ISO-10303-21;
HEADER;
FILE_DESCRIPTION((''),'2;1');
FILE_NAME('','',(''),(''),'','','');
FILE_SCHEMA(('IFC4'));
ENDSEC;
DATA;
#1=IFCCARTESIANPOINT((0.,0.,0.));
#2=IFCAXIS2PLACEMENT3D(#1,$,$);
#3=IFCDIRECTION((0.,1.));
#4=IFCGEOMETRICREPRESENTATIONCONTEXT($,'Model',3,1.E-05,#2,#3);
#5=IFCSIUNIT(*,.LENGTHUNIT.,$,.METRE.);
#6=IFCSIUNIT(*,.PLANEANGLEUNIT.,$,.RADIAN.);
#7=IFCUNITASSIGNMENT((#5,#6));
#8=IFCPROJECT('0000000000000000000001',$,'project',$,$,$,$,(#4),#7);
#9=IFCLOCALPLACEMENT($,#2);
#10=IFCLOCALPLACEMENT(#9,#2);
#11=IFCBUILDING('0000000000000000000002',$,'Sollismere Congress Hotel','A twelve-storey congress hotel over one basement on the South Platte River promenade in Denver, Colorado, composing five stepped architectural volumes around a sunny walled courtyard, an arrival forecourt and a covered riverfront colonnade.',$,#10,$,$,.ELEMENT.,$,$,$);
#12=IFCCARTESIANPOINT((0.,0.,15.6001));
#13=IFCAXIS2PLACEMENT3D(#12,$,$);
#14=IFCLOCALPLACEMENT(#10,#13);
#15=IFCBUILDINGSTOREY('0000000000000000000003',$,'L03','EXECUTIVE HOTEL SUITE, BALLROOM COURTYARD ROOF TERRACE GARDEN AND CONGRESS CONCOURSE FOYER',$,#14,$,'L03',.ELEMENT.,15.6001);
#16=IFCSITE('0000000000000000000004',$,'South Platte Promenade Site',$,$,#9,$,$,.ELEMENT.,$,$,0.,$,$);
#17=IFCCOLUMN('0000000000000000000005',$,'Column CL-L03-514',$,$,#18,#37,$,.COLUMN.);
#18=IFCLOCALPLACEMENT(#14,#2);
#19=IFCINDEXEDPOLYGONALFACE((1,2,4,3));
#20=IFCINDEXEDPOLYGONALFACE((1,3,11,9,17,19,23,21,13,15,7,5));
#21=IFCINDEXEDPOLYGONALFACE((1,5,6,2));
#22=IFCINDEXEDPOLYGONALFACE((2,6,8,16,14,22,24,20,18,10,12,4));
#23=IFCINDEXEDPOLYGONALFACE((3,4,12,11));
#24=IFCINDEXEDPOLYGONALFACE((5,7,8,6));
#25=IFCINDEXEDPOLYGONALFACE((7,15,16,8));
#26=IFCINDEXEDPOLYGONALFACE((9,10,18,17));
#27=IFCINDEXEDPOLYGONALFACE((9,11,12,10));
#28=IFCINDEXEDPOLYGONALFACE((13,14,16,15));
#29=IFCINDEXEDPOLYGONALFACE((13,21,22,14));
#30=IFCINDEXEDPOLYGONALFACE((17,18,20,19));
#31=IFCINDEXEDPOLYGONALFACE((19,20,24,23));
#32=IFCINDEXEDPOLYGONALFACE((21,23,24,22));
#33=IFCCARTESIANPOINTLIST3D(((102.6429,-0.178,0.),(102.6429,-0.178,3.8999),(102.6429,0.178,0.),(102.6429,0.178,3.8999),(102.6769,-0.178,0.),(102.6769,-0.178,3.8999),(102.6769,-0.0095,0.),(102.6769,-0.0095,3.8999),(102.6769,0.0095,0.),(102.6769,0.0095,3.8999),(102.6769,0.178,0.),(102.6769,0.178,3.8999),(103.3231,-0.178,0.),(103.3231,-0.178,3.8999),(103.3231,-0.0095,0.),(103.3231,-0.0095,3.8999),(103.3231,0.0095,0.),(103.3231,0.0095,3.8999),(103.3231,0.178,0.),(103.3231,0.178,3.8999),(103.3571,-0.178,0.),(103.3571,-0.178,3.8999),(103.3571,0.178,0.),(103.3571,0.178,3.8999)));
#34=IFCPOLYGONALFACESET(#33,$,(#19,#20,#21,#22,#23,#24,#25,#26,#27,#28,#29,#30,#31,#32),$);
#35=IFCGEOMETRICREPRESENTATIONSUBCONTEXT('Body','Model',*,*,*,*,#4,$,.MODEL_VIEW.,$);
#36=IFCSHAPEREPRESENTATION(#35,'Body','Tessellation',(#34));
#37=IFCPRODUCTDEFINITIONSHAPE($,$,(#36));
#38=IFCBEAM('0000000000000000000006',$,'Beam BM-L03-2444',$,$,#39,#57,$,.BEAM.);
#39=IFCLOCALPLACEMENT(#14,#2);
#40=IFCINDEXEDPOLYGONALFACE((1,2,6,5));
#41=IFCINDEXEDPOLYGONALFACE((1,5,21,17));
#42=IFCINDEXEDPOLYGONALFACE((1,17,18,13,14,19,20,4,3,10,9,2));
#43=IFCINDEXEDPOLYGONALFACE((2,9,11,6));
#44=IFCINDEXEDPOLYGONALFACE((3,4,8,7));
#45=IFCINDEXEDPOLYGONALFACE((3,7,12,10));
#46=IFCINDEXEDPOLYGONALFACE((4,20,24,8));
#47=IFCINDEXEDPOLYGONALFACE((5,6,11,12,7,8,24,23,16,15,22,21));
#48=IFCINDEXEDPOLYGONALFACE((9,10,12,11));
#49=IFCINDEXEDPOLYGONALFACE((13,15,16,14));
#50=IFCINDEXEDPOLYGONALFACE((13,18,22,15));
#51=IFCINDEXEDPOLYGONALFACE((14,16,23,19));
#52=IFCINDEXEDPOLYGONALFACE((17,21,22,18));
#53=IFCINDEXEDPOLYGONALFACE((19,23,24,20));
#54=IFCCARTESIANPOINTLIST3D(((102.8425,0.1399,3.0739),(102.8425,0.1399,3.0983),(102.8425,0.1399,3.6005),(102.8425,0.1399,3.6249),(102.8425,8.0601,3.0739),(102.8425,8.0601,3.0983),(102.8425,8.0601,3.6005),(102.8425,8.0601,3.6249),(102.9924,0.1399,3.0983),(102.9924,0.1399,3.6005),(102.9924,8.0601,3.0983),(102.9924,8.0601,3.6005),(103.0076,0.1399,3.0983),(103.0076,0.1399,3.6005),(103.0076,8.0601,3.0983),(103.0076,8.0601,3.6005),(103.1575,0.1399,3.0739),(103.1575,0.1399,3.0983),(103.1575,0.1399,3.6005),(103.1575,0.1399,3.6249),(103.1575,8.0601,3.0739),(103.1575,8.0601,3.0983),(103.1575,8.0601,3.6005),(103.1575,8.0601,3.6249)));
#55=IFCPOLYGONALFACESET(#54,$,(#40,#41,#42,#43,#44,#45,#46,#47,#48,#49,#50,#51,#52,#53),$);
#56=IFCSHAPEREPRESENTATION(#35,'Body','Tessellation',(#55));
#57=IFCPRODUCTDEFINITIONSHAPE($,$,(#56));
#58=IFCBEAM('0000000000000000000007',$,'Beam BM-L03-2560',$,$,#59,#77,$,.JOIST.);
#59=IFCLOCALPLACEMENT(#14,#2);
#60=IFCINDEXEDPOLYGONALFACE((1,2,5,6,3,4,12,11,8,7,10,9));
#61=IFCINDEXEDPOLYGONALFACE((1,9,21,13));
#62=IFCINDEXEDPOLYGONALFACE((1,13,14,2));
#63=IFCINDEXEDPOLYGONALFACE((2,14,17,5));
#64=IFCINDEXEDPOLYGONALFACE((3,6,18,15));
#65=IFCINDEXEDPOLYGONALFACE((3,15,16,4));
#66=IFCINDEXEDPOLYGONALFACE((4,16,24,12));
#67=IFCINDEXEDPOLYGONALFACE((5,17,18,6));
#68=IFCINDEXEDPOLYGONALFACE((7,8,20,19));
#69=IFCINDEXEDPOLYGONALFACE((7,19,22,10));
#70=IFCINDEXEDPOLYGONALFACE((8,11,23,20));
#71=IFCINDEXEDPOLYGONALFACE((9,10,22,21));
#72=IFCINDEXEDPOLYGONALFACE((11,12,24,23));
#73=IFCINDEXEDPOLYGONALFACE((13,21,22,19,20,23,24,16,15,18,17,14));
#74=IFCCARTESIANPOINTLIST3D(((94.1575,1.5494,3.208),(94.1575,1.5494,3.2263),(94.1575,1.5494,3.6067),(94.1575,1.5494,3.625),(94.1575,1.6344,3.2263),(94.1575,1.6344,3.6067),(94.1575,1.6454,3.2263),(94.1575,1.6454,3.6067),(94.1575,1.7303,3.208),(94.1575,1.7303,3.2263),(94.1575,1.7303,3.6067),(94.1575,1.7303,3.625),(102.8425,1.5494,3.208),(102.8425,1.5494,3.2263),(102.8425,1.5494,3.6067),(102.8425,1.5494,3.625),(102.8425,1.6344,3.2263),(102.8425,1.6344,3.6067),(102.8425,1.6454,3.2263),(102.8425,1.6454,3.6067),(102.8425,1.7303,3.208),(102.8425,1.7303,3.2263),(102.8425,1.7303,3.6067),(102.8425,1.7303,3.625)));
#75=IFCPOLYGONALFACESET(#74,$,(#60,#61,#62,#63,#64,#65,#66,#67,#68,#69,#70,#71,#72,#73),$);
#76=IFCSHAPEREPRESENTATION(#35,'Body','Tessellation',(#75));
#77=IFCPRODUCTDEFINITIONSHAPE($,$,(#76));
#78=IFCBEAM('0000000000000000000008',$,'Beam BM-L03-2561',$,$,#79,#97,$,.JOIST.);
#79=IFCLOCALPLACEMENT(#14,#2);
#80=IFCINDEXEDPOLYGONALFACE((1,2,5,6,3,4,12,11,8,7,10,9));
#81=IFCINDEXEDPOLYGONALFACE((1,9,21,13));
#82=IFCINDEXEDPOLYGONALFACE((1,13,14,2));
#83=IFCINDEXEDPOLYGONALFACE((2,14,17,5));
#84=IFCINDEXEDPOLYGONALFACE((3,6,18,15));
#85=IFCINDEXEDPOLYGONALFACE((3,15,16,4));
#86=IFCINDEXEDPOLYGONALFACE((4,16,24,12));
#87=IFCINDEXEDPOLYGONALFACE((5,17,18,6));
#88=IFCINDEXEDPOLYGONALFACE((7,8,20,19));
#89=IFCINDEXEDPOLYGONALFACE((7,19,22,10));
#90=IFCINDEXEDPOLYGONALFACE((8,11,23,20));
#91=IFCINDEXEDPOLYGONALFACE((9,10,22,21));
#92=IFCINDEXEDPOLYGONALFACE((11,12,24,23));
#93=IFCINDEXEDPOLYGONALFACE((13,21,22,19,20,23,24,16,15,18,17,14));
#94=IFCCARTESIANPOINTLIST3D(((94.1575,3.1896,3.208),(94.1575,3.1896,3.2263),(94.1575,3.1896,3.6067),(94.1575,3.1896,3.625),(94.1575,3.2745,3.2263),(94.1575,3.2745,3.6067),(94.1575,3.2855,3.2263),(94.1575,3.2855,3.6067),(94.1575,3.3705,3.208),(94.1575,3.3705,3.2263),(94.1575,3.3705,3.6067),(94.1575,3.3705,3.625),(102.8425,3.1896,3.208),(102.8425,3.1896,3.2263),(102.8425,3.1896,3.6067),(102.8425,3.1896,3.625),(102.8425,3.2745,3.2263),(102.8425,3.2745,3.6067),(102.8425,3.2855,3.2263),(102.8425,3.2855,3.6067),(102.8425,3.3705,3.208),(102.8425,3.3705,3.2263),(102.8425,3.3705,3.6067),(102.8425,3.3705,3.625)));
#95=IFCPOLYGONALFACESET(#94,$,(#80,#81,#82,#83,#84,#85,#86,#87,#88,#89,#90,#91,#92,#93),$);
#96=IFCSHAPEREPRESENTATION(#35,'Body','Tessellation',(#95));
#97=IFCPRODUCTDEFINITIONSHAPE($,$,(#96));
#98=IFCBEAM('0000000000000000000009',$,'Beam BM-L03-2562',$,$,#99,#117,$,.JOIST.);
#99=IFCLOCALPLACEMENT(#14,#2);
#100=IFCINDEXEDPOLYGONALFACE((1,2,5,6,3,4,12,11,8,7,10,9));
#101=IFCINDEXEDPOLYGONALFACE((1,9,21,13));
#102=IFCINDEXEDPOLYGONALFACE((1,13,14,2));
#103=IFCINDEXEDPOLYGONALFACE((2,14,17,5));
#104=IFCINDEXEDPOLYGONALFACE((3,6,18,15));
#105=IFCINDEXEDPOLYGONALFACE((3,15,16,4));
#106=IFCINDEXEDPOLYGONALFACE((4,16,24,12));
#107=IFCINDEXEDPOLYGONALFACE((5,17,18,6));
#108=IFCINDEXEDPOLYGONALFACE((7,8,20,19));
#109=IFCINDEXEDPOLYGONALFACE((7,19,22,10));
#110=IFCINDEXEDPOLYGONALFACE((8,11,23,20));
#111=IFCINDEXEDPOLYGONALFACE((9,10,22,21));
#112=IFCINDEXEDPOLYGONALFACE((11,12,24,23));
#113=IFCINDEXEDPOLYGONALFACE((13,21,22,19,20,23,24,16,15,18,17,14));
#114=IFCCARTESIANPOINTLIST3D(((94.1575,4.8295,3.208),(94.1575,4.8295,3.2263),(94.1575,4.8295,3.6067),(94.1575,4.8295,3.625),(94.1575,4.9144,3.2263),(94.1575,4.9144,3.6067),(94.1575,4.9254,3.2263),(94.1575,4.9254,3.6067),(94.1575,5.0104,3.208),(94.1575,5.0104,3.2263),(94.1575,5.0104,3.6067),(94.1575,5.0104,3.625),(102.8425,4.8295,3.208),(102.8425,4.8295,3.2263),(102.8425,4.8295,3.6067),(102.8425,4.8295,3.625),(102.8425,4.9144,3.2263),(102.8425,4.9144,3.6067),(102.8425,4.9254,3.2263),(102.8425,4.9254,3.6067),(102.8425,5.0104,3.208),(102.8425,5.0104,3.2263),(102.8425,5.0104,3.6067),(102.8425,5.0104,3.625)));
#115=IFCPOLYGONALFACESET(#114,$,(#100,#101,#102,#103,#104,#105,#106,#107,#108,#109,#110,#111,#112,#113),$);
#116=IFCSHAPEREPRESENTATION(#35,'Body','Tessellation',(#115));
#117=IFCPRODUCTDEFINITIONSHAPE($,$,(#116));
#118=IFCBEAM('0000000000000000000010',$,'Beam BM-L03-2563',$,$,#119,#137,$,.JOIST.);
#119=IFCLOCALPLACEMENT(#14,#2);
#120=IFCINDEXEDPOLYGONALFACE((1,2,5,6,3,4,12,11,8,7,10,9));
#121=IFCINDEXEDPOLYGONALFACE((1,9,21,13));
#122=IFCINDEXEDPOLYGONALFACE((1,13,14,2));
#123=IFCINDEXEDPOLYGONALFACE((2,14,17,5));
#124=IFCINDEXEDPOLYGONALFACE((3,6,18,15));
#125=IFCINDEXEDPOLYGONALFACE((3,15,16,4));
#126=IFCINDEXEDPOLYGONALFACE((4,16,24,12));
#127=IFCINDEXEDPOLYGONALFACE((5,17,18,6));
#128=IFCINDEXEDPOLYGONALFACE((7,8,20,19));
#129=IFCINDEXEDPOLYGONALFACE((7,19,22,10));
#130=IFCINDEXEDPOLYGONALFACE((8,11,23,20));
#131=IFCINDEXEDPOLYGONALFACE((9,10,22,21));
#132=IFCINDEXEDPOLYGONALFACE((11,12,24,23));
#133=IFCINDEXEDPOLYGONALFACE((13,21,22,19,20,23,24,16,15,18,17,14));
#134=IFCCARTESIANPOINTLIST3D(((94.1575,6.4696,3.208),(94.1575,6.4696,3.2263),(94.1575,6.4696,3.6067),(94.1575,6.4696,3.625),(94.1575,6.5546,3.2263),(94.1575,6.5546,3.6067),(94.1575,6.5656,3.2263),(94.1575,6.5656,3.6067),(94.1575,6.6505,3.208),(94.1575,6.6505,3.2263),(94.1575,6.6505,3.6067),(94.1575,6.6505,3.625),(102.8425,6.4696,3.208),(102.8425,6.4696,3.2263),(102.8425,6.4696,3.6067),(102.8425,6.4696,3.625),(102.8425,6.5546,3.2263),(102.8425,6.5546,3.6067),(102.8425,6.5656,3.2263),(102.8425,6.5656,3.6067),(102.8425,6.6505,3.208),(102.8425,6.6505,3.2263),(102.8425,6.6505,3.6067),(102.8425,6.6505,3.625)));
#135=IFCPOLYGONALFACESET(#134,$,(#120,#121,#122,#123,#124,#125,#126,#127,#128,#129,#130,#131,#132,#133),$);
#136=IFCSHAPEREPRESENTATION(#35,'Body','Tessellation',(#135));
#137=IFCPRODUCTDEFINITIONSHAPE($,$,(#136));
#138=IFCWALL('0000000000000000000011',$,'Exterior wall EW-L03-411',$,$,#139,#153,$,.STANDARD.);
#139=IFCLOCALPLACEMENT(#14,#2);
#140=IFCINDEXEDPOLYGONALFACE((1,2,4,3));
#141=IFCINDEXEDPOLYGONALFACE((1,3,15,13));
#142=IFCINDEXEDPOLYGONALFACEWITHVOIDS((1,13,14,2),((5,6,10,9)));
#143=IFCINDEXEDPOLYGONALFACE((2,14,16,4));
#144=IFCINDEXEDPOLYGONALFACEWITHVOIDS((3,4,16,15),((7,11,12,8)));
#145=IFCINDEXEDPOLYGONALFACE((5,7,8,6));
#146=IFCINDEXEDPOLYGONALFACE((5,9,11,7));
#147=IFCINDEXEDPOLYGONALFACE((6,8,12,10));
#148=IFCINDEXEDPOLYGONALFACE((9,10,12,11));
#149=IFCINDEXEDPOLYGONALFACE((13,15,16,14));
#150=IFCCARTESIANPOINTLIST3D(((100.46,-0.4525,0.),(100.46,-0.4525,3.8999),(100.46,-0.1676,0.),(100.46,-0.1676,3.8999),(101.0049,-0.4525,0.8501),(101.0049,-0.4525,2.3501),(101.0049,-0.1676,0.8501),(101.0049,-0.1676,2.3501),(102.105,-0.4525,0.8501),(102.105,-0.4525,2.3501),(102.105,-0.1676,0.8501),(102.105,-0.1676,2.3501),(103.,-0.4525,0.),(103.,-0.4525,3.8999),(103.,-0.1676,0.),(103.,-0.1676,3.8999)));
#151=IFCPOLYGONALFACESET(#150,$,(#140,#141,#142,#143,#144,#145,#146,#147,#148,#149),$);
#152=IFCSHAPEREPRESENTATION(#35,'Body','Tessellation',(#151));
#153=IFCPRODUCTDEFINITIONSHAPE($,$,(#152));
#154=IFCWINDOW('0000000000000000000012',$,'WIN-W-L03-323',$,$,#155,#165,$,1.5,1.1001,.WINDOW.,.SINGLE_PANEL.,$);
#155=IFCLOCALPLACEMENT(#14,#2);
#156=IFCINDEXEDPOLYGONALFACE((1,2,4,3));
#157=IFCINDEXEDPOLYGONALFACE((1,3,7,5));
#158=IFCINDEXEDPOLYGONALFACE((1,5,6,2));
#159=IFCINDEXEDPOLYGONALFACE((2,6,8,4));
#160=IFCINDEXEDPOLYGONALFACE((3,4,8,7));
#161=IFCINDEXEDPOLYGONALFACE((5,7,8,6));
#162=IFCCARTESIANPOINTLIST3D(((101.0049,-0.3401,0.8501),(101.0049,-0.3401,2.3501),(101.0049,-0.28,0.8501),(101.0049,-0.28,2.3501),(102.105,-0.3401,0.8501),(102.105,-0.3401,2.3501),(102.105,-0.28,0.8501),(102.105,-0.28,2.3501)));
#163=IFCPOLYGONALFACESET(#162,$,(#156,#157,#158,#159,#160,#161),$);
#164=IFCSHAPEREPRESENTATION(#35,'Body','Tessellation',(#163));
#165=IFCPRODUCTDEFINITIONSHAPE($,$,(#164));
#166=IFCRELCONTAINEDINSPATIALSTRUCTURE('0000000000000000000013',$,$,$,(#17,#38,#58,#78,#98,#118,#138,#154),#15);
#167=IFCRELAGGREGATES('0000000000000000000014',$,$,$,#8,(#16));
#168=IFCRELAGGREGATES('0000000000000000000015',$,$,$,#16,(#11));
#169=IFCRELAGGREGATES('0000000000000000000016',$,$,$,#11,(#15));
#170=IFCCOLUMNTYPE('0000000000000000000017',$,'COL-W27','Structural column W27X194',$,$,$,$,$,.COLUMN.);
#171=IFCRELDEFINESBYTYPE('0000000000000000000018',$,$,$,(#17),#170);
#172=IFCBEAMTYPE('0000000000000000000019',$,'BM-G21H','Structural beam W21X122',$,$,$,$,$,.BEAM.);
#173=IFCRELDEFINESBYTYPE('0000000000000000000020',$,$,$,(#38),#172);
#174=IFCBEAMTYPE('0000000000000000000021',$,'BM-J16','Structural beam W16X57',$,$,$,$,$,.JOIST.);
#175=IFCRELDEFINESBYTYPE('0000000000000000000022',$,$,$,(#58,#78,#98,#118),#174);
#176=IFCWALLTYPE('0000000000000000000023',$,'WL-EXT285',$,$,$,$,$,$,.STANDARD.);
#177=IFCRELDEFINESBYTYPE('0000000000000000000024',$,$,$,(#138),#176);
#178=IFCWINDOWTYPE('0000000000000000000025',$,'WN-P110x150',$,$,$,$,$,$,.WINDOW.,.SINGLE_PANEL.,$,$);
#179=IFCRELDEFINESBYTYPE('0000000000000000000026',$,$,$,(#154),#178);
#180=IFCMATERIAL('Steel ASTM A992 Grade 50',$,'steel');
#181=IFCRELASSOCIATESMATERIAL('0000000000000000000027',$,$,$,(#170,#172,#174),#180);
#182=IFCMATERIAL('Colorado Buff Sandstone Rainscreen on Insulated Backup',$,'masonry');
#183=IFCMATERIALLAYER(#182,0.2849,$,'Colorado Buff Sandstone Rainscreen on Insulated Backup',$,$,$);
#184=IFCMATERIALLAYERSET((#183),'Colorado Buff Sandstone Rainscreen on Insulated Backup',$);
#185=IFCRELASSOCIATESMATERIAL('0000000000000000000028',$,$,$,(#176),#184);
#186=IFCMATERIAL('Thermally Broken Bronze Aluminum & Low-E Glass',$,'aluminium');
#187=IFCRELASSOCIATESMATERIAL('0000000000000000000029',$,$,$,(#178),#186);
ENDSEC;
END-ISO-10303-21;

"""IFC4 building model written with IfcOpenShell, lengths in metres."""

from ifc_helpers import new_model, si_unit, direction, frame, frame_2d, origin, origin_2d, place, context, subcontext, project, spatial, rectangle, i_section, extrude, material, layer, layer_set, material_profile, profile_set, type_object, element, fill, save


model = new_model("IFC4")

# Units and contexts
model_context = context("Model", 3, precision=1e-05, world=origin(), true_north=direction((0.0, 1.0)))
body_context = subcontext(model_context, "Body", "Model", "MODEL_VIEW")
ifc_project = project(units=[si_unit("LENGTHUNIT", "METRE"), si_unit("PLANEANGLEUNIT", "RADIAN")], contexts=[model_context])

# Site, building, storey
site_placement = place(None, origin())
site = spatial("IfcSite", under=ifc_project, at=site_placement, Name="South Platte Promenade Site", CompositionType="ELEMENT", RefElevation=0.0)
building_placement = place(site_placement, origin())
building = spatial("IfcBuilding", under=site, at=building_placement, Name="Sollismere Congress Hotel", Description="A twelve-storey congress hotel over one basement on the South Platte River promenade in Denver, Colorado, composing five stepped architectural volumes around a sunny walled courtyard, an arrival forecourt and a covered riverfront colonnade.", CompositionType="ELEMENT")
storey_placement = place(building_placement, frame((0.0, 0.0, 15.6001)))
storey = spatial("IfcBuildingStorey", under=building, at=storey_placement, Name="L03", Description="EXECUTIVE HOTEL SUITE, BALLROOM COURTYARD ROOF TERRACE GARDEN AND CONGRESS CONCOURSE FOYER", LongName="L03", CompositionType="ELEMENT", Elevation=15.6001)

# Column
ifc_material_1 = material(Name="Steel ASTM A992 Grade 50", Category="steel")
ifc_material_profile_1 = material_profile(ifc_material_1, i_section(OverallWidth=0.356, OverallDepth=0.7141, WebThickness=0.019, FlangeThickness=0.0339, at=origin_2d()), Name="W27X194")
ifc_profile_set_1 = profile_set([ifc_material_profile_1], Name="Steel ASTM A992 Grade 50")
column_type = type_object("IfcColumnType", Name="COL-W27", Description="Structural column W27X194", PredefinedType="COLUMN", material=ifc_profile_set_1)
column_placement = place(storey_placement, frame((103.0, 0.0, 0.0), z_axis=(0.0, 0.0, 1.0), x_axis=(0.0, 1.0, 0.0)))
element("IfcColumn", 1, at=column_placement, inside=storey, type_object=column_type, Name="Column CL-L03-514", PredefinedType="COLUMN", context=body_context, shape_type="SweptSolid", body=[
    extrude(i_section(OverallWidth=0.356, OverallDepth=0.7141, WebThickness=0.019, FlangeThickness=0.0339, at=origin_2d()), origin(), (0.0, 0.0, 1.0), 3.8999),
])

# Beams
ifc_material_profile_2 = material_profile(ifc_material_1, i_section(OverallWidth=0.3149, OverallDepth=0.551, WebThickness=0.0151, FlangeThickness=0.0244, at=origin_2d()), Name="W21X122")
ifc_profile_set_2 = profile_set([ifc_material_profile_2], Name="Steel ASTM A992 Grade 50")
beam_type_1 = type_object("IfcBeamType", Name="BM-G21H", Description="Structural beam W21X122", PredefinedType="BEAM", material=ifc_profile_set_2)
beam_placement = place(storey_placement, frame((103.0, 0.1399, 3.3494), z_axis=(0.0, 1.0, 0.0), x_axis=(-1.0, 0.0, 0.0)))
element("IfcBeam", 2, at=beam_placement, inside=storey, type_object=beam_type_1, Name="Beam BM-L03-2444", PredefinedType="BEAM", context=body_context, shape_type="SweptSolid", body=[
    extrude(i_section(OverallWidth=0.3149, OverallDepth=0.551, WebThickness=0.0151, FlangeThickness=0.0244, at=origin_2d()), origin(), (0.0, 0.0, 1.0), 7.9202),
])
ifc_material_profile_3 = material_profile(ifc_material_1, i_section(OverallWidth=0.1809, OverallDepth=0.417, WebThickness=0.011, FlangeThickness=0.0183, at=origin_2d()), Name="W16X57")
ifc_profile_set_3 = profile_set([ifc_material_profile_3], Name="Steel ASTM A992 Grade 50")
beam_type_2 = type_object("IfcBeamType", Name="BM-J16", Description="Structural beam W16X57", PredefinedType="JOIST", material=ifc_profile_set_3)
for number, where, z_axis, x_axis, name in (
    (3, (94.1575, 1.6399, 3.4165), (1.0, 0.0, 0.0), (0.0, 1.0, 0.0), "Beam BM-L03-2560"),
    (4, (94.1575, 3.28, 3.4165), (1.0, 0.0, 0.0), (0.0, 1.0, 0.0), "Beam BM-L03-2561"),
    (5, (94.1575, 4.9199, 3.4165), (1.0, 0.0, 0.0), (0.0, 1.0, 0.0), "Beam BM-L03-2562"),
    (6, (94.1575, 6.5601, 3.4165), (1.0, 0.0, 0.0), (0.0, 1.0, 0.0), "Beam BM-L03-2563"),
):
    element("IfcBeam", number, at=place(storey_placement, frame(where, z_axis=z_axis, x_axis=x_axis)), inside=storey, type_object=beam_type_2, Name=name, PredefinedType="JOIST", context=body_context, shape_type="SweptSolid", body=[
        extrude(i_section(OverallWidth=0.1809, OverallDepth=0.417, WebThickness=0.011, FlangeThickness=0.0183, at=origin_2d()), origin(), (0.0, 0.0, 1.0), 8.6851),
    ])

# Wall, opening, window
ifc_material_2 = material(Name="Colorado Buff Sandstone Rainscreen on Insulated Backup", Category="masonry")
ifc_layer_1 = layer(ifc_material_2, 0.2849, Name="Colorado Buff Sandstone Rainscreen on Insulated Backup")
ifc_layer_set_1 = layer_set([ifc_layer_1], Name="Colorado Buff Sandstone Rainscreen on Insulated Backup")
wall_type_1 = type_object("IfcWallType", Name="WL-EXT285", PredefinedType="STANDARD", material=ifc_layer_set_1)
wall_1_placement = place(storey_placement, frame((100.46, -0.3101, 0.0), z_axis=(0.0, 0.0, 1.0), x_axis=(1.0, 0.0, 0.0)))
wall_1 = element("IfcWall", 7, at=wall_1_placement, inside=storey, type_object=wall_type_1, Name="Exterior wall EW-L03-411", PredefinedType="STANDARD", context=body_context, shape_type="SweptSolid", body=[
    extrude(rectangle(XDim=2.54, YDim=0.2849, at=frame_2d((1.27, 0.0))), origin(), (0.0, 0.0, 1.0), 3.8999),
])
opening_1_placement = place(wall_1_placement, frame((0.5449, 0.0, 0.8501)))
opening_1 = element("IfcOpeningElement", 8, at=opening_1_placement, cuts=wall_1, PredefinedType="OPENING", context=body_context, shape_type="SweptSolid", body=[
    extrude(rectangle(XDim=1.1001, YDim=1.5, at=frame_2d((0.55, 0.75))), frame((0.0, 0.1523, 0.0), z_axis=(0.0, -1.0, 0.0), x_axis=(1.0, 0.0, 0.0)), (0.0, 0.0, 1.0), 0.3049),
])
ifc_material_3 = material(Name="Thermally Broken Bronze Aluminum & Low-E Glass", Category="aluminium")
window_type_1 = type_object("IfcWindowType", Name="WN-P110x150", PartitioningType="SINGLE_PANEL", PredefinedType="WINDOW", material=ifc_material_3)
window_1_placement = place(opening_1_placement, origin())
window_1 = element("IfcWindow", 9, at=window_1_placement, inside=storey, type_object=window_type_1, Name="WIN-W-L03-323", OverallHeight=1.5, OverallWidth=1.1001, PartitioningType="SINGLE_PANEL", PredefinedType="WINDOW", context=body_context, shape_type="SweptSolid", body=[
    extrude(rectangle(XDim=1.1001, YDim=1.5, at=frame_2d((0.55, 0.75))), frame((0.0, 0.03, 0.0), z_axis=(0.0, -1.0, 0.0), x_axis=(1.0, 0.0, 0.0)), (0.0, 0.0, 1.0), 0.0601),
])
fill(opening_1, window_1)

save(model, "model.ifc")
